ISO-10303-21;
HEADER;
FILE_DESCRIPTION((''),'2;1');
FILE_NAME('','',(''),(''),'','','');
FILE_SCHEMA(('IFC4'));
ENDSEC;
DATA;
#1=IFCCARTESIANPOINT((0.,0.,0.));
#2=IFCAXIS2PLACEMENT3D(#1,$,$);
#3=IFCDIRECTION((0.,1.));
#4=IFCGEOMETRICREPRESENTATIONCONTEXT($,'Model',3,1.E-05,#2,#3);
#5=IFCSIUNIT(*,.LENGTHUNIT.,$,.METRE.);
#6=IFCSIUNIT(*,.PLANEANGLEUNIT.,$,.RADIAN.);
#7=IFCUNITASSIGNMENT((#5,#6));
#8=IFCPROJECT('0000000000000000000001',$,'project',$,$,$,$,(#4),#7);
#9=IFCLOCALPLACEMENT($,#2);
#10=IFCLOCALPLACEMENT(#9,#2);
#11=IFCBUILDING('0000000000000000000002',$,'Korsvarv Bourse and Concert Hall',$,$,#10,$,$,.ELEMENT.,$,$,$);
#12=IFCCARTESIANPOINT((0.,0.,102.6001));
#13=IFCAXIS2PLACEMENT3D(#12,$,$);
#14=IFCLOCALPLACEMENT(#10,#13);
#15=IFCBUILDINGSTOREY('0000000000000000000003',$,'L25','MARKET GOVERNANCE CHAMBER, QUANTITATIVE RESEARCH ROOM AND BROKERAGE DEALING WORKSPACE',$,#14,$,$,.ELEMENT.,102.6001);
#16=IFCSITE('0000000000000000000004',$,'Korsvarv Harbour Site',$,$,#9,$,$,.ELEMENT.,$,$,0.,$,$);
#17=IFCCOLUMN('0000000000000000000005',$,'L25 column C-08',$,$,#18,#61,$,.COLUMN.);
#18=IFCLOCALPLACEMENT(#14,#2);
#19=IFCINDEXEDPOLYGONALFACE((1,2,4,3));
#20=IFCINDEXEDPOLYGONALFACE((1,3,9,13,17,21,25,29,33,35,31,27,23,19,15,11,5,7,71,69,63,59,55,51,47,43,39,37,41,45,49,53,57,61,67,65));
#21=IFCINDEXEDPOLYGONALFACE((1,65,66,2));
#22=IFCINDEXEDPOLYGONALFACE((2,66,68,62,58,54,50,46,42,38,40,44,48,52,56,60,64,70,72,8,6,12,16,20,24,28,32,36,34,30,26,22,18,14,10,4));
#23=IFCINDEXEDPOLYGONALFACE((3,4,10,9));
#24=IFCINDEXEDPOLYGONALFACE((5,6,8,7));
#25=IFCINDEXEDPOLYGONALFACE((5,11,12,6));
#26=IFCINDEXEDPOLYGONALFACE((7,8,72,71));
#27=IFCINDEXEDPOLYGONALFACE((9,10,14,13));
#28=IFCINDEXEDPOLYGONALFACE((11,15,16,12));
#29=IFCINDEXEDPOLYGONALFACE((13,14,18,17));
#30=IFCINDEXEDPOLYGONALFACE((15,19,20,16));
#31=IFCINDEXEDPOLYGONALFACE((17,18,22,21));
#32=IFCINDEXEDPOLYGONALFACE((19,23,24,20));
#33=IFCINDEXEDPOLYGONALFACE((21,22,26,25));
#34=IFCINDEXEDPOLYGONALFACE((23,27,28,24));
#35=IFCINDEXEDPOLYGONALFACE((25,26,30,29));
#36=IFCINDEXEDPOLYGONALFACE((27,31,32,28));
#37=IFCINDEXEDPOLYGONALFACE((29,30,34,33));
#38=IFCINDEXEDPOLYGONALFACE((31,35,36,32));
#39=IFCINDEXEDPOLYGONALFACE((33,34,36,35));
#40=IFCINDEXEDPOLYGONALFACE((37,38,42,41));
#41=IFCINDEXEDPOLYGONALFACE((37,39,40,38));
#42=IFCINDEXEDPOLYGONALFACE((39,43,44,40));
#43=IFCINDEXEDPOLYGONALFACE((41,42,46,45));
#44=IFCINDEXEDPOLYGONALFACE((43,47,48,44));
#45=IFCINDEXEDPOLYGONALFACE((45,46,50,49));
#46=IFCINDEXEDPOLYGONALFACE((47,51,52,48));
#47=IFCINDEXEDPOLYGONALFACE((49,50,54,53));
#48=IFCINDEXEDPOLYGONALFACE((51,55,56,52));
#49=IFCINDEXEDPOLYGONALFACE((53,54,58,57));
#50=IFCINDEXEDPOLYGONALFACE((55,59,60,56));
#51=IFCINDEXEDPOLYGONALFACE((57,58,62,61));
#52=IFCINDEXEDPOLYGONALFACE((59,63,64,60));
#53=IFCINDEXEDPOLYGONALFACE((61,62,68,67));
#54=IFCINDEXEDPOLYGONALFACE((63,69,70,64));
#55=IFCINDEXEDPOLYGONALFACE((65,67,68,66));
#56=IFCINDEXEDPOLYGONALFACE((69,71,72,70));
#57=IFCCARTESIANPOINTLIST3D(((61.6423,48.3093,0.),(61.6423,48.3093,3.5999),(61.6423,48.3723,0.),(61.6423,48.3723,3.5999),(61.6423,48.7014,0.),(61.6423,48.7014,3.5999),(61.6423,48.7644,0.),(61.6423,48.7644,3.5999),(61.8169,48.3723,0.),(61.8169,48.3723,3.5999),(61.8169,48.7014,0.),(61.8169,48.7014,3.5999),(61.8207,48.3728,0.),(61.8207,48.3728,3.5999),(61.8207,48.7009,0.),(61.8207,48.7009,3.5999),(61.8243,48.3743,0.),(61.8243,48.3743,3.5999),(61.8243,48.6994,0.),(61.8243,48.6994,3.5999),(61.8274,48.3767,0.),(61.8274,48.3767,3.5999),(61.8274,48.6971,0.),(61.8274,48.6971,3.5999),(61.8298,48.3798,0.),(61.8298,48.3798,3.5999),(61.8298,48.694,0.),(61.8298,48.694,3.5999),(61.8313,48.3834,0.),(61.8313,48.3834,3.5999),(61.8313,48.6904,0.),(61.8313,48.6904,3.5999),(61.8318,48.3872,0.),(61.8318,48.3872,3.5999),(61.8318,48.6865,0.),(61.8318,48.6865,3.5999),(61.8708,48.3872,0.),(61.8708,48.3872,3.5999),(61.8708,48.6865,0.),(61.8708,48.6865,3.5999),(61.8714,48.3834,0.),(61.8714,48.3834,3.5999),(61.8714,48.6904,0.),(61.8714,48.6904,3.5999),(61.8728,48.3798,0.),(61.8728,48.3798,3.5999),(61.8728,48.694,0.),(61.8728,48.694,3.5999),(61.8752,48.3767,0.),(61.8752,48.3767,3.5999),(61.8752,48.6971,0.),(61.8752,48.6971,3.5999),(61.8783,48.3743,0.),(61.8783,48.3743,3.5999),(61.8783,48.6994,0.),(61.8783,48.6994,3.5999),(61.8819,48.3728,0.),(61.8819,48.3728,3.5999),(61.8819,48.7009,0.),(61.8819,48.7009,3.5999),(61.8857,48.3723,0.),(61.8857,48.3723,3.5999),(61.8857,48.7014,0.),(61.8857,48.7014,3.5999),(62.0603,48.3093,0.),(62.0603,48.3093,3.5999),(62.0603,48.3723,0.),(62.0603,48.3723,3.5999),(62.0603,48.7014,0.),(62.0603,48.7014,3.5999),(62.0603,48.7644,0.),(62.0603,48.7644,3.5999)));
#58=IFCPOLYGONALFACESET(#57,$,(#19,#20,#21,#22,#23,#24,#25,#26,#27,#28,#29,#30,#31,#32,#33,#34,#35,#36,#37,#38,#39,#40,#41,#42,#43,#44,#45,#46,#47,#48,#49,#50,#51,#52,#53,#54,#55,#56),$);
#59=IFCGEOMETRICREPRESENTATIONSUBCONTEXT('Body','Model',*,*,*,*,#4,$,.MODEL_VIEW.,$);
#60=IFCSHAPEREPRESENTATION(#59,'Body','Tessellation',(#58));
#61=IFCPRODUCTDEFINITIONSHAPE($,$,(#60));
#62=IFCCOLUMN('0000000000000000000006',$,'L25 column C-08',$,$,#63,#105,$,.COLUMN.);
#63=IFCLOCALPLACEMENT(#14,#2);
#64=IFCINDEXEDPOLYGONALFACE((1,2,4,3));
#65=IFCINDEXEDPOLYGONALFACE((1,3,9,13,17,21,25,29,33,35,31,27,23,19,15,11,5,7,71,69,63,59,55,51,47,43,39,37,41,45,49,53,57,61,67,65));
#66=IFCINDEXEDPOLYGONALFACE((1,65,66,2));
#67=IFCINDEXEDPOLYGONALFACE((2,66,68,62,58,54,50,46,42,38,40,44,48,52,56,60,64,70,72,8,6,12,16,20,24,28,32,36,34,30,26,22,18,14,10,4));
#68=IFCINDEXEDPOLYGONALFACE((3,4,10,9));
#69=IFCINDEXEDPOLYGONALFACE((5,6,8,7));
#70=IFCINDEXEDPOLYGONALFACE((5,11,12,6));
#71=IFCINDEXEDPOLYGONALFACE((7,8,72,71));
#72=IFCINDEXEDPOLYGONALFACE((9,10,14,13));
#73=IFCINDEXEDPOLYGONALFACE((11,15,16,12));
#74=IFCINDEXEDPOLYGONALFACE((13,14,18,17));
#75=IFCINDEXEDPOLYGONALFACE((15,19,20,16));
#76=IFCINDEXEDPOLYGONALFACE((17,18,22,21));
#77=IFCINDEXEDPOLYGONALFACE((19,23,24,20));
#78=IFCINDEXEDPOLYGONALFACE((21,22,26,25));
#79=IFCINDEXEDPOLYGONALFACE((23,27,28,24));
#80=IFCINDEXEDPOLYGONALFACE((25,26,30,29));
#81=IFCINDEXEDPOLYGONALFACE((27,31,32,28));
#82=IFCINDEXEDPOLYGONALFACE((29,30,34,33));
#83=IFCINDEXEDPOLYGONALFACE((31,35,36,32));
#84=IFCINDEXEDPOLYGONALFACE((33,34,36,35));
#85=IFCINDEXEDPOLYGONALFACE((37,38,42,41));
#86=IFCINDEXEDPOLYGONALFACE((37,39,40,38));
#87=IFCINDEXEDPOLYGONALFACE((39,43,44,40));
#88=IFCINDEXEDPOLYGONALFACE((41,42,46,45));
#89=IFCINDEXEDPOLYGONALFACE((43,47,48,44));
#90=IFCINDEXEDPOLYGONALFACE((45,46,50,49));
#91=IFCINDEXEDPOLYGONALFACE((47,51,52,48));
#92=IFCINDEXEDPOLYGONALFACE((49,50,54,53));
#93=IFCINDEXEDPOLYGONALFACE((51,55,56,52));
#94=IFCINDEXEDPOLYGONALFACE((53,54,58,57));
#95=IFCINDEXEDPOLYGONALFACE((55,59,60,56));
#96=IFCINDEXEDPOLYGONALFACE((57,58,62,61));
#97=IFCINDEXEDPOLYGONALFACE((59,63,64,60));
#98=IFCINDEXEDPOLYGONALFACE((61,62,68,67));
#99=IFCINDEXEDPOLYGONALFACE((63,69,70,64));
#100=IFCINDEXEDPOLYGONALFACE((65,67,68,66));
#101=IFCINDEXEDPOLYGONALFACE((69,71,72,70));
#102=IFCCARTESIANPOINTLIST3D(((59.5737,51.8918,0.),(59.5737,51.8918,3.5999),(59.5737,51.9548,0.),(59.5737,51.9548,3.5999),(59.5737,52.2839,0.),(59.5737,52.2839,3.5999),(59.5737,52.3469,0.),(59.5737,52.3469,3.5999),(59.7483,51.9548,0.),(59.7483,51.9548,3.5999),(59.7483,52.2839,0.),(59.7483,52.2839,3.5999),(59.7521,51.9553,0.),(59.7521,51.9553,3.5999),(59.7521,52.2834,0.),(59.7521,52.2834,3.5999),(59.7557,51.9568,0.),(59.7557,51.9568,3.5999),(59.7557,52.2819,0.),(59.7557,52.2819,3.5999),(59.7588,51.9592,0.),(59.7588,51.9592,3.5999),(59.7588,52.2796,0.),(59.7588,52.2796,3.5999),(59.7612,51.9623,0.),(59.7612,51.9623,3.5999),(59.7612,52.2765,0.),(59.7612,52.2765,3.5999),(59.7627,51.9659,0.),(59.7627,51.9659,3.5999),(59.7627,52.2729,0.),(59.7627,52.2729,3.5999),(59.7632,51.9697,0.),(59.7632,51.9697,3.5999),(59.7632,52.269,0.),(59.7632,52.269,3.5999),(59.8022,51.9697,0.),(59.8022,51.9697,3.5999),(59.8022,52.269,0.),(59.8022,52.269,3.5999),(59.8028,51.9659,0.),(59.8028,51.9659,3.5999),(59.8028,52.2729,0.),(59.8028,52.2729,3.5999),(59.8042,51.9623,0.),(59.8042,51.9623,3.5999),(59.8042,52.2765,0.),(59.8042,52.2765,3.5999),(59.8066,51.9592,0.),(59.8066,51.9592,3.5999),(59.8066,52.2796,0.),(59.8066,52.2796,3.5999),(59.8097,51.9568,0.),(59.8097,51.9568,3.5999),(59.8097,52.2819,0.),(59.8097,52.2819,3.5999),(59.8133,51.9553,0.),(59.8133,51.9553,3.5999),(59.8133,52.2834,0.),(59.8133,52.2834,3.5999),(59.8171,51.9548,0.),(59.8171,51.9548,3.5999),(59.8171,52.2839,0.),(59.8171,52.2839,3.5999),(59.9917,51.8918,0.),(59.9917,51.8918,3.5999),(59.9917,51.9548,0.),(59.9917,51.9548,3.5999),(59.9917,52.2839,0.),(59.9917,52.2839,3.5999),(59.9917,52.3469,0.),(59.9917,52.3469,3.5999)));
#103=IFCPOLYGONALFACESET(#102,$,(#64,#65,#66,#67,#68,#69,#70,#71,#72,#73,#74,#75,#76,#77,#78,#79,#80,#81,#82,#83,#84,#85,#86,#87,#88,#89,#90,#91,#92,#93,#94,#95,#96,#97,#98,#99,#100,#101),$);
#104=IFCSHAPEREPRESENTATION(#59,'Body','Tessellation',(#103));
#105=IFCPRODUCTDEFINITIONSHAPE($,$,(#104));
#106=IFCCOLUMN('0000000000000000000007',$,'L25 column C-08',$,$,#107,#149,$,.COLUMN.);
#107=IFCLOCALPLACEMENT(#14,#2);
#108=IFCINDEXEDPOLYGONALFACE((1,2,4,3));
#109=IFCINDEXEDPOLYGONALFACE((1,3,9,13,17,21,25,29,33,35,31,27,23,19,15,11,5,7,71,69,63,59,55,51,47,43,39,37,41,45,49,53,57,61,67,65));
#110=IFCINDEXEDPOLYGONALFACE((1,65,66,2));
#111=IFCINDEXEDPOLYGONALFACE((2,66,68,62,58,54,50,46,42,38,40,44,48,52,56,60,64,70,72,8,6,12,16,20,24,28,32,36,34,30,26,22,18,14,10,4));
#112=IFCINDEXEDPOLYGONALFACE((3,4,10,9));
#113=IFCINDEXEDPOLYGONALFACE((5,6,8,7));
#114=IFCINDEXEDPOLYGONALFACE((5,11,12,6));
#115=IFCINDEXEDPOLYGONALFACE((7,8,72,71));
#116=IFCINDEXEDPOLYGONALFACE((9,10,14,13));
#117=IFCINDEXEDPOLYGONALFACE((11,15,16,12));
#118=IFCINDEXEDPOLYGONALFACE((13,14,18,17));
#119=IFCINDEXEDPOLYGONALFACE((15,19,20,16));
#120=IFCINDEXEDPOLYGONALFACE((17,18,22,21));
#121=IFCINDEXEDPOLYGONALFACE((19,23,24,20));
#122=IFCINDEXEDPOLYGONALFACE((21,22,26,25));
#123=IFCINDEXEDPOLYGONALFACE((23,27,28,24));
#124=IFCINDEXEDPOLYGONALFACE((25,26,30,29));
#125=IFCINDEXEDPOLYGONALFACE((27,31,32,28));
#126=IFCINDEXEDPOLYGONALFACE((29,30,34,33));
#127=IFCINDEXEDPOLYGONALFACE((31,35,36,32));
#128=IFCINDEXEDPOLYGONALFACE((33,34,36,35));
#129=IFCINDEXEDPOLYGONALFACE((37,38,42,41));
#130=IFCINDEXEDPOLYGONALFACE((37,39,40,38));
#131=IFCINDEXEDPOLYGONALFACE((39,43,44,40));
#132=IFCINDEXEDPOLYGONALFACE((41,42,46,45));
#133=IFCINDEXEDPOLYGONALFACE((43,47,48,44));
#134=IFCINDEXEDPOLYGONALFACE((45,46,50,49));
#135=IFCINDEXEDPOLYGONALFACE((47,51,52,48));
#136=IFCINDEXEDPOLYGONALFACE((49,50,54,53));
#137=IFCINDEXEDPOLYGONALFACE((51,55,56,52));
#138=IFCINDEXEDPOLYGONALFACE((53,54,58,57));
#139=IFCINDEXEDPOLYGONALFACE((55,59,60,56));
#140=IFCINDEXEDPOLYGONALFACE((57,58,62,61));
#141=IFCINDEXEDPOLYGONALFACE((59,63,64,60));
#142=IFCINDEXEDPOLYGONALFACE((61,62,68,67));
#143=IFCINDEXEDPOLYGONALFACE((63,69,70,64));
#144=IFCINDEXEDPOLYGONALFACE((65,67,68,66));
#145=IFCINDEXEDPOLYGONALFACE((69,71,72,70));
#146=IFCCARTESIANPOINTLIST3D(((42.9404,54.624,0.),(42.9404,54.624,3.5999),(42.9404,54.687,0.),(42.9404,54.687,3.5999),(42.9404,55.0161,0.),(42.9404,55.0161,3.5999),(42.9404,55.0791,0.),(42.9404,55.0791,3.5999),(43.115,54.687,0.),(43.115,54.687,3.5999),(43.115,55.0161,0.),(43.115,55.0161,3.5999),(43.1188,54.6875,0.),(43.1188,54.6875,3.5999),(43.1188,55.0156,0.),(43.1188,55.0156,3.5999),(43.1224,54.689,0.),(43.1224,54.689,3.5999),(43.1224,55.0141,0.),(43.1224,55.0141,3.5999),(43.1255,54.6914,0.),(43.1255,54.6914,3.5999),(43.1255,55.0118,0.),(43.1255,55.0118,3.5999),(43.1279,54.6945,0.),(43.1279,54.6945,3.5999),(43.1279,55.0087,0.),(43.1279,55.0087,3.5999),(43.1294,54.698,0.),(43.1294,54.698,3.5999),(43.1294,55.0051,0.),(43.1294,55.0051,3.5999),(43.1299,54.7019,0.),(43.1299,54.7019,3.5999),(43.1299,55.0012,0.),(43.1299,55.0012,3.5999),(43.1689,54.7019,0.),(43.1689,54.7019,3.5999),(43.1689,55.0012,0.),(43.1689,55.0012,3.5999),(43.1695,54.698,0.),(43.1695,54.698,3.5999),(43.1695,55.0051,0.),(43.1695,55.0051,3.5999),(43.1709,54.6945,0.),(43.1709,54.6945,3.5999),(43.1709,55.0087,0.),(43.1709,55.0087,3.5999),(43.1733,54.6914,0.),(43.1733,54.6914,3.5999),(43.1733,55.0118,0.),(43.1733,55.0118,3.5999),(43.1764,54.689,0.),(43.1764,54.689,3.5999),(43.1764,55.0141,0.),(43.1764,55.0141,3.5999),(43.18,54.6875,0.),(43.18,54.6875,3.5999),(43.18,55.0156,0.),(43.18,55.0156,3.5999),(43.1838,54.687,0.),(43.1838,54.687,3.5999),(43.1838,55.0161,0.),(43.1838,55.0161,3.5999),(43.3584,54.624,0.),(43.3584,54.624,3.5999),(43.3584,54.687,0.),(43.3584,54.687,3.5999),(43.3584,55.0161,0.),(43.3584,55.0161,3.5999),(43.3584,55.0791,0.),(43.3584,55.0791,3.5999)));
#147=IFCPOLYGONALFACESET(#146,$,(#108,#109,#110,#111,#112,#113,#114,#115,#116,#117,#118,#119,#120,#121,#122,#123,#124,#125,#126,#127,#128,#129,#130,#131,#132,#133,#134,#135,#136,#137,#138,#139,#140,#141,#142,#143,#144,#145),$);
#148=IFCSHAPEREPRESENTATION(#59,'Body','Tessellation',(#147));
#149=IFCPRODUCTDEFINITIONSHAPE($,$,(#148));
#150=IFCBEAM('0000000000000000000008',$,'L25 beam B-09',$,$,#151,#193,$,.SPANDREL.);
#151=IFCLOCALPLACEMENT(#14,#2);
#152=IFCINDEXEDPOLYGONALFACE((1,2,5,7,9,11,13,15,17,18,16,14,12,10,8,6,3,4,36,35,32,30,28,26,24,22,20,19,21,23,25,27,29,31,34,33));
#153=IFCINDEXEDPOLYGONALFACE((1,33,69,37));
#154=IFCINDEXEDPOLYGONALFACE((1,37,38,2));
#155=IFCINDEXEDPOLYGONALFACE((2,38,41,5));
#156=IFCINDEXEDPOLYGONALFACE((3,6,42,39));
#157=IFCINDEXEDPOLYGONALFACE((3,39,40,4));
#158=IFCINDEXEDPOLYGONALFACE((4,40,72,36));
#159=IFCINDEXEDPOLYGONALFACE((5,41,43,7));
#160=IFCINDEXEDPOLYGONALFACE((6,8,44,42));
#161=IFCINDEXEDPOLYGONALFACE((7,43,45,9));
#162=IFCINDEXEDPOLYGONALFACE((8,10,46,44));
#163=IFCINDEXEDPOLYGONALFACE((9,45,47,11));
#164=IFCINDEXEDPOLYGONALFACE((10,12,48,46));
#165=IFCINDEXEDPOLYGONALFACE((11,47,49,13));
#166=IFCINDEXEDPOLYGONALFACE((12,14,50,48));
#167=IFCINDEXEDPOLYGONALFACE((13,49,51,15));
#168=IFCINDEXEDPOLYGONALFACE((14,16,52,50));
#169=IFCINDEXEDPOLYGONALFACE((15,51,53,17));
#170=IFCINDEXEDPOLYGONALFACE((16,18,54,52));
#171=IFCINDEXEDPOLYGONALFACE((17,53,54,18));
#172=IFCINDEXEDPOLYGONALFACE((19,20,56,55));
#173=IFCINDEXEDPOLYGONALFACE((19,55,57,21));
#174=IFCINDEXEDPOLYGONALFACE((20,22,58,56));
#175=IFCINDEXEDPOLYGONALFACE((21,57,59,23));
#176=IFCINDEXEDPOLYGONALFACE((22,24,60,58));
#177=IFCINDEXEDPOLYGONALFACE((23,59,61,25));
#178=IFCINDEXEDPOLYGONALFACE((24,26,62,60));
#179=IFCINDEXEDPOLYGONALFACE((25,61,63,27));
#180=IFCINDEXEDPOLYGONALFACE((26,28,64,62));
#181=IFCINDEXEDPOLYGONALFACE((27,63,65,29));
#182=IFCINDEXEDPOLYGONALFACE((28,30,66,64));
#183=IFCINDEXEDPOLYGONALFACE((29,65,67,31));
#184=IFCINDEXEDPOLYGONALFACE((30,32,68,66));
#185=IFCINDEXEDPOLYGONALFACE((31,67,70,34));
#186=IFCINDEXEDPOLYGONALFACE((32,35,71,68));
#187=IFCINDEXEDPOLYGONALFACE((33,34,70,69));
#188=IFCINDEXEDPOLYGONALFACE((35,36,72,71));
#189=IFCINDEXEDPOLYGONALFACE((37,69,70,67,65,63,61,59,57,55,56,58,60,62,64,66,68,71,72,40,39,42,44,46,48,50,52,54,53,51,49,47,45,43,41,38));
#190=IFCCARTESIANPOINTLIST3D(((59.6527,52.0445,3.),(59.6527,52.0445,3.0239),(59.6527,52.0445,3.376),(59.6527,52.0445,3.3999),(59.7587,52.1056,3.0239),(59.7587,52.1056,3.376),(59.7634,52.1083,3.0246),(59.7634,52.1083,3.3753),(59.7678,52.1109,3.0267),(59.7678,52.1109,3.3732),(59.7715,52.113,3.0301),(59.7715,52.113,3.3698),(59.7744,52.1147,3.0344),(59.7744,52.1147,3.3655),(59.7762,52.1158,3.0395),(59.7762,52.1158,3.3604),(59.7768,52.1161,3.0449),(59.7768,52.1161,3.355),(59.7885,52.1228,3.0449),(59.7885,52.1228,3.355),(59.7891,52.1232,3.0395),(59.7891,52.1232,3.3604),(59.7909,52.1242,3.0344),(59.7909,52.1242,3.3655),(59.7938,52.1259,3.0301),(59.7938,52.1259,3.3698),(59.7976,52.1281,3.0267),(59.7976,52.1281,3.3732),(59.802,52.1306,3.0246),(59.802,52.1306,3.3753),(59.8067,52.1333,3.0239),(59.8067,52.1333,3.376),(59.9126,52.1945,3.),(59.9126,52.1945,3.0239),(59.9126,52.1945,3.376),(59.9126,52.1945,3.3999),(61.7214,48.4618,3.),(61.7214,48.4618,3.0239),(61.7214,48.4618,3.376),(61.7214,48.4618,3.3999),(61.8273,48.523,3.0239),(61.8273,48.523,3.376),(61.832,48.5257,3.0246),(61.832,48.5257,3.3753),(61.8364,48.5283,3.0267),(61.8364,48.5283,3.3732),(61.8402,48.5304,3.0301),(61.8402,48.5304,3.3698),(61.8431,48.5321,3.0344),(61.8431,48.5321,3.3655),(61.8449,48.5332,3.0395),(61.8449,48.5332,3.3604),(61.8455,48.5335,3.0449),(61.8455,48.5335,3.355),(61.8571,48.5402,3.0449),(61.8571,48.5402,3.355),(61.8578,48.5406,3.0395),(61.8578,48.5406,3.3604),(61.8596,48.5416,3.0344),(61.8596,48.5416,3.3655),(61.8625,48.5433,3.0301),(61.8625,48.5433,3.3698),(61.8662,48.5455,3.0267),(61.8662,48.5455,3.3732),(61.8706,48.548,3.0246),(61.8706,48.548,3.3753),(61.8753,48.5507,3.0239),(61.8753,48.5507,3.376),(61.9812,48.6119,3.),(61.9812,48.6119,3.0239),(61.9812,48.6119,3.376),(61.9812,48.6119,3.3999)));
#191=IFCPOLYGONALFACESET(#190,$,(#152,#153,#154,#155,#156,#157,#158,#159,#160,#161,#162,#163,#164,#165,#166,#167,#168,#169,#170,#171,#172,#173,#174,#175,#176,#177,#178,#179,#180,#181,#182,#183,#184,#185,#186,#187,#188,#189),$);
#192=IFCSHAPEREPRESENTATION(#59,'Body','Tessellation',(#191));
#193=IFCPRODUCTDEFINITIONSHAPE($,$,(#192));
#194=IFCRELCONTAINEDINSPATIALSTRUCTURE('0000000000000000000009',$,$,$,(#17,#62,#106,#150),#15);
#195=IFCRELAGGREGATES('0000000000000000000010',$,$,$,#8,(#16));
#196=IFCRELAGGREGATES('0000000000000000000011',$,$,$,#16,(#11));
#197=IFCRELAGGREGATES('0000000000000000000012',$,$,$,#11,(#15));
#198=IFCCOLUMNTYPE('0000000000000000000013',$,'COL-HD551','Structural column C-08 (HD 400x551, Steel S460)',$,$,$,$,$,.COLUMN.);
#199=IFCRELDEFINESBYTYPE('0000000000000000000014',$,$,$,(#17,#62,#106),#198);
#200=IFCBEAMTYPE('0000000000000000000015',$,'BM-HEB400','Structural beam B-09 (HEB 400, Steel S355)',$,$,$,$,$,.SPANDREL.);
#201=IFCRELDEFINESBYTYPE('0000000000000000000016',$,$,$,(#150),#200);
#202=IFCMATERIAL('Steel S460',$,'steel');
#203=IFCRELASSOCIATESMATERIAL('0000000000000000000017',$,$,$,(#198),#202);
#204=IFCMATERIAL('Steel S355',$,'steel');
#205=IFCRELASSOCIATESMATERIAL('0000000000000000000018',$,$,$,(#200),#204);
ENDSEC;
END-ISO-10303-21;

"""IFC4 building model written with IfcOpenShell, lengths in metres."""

from ifc_helpers import new_model, si_unit, direction, frame, origin, origin_2d, place, context, subcontext, project, spatial, i_section, extrude, source, transform, mapped, material, material_profile, profile_set, type_object, element, save


model = new_model("IFC4")

# Units and contexts
model_context = context("Model", 3, precision=1e-05, world=origin(), true_north=direction((0.0, 1.0)))
body_context = subcontext(model_context, "Body", "Model", "MODEL_VIEW")
ifc_project = project(units=[si_unit("LENGTHUNIT", "METRE"), si_unit("PLANEANGLEUNIT", "RADIAN")], contexts=[model_context])

# Site, building, storey
site_placement = place(None, origin())
site = spatial("IfcSite", under=ifc_project, at=site_placement, Name="Korsvarv Harbour Site", CompositionType="ELEMENT", RefElevation=0.0)
building_placement = place(site_placement, origin())
building = spatial("IfcBuilding", under=site, at=building_placement, Name="Korsvarv Bourse and Concert Hall", CompositionType="ELEMENT")
storey_placement = place(building_placement, frame((0.0, 0.0, 102.6001)))
storey = spatial("IfcBuildingStorey", under=building, at=storey_placement, Name="L25", Description="MARKET GOVERNANCE CHAMBER, QUANTITATIVE RESEARCH ROOM AND BROKERAGE DEALING WORKSPACE", CompositionType="ELEMENT", Elevation=102.6001)

# Columns
ifc_material_1 = material(Name="Steel S460", Category="steel")
ifc_material_profile_1 = material_profile(ifc_material_1, i_section(OverallWidth=0.418, OverallDepth=0.4551, WebThickness=0.0391, FlangeThickness=0.063, FilletRadius=0.0149, at=origin_2d()), Name="HD 400x551")
ifc_profile_set_1 = profile_set([ifc_material_profile_1], Name="Steel S460")
column_type = type_object("IfcColumnType", Name="COL-HD551", Description="Structural column C-08 (HD 400x551, Steel S460)", PredefinedType="COLUMN", material=ifc_profile_set_1)
shared_shape_1 = source(origin(), body_context, "Body", "SweptSolid", [
    extrude(i_section(OverallWidth=0.418, OverallDepth=0.4551, WebThickness=0.0391, FlangeThickness=0.063, FilletRadius=0.0149, at=origin_2d()), origin(), (0.0, 0.0, 1.0), 3.5999),
])
for number, where, z_axis, x_axis, name in (
    (1, (61.8513, 48.5369, 0.0), (0.0, 0.0, 1.0), (1.0, 0.0, 0.0), "L25 column C-08"),
    (2, (59.7827, 52.1194, 0.0), (0.0, 0.0, 1.0), (1.0, 0.0, 0.0), "L25 column C-08"),
    (3, (43.1494, 54.8516, 0.0), (0.0, 0.0, 1.0), (1.0, 0.0, 0.0), "L25 column C-08"),
):
    element("IfcColumn", number, at=place(storey_placement, frame(where, z_axis=z_axis, x_axis=x_axis)), inside=storey, type_object=column_type, Name=name, PredefinedType="COLUMN", context=body_context, shape_type="MappedRepresentation", body=[
        mapped(shared_shape_1, transform((0.0, 0.0, 0.0), scale=1.0)),
    ])

# Beam
ifc_material_2 = material(Name="Steel S355", Category="steel")
ifc_material_profile_2 = material_profile(ifc_material_2, i_section(OverallWidth=0.3, OverallDepth=0.3999, WebThickness=0.0134, FlangeThickness=0.0239, FilletRadius=0.021, at=origin_2d()), Name="HEB 400")
ifc_profile_set_2 = profile_set([ifc_material_profile_2], Name="Steel S355")
beam_type_1 = type_object("IfcBeamType", Name="BM-HEB400", Description="Structural beam B-09 (HEB 400, Steel S355)", PredefinedType="SPANDREL", material=ifc_profile_set_2)
shared_shape_2 = source(origin(), body_context, "Body", "SweptSolid", [
    extrude(i_section(OverallWidth=0.3, OverallDepth=0.3999, WebThickness=0.0134, FlangeThickness=0.0239, FilletRadius=0.021, at=origin_2d()), origin(), (0.0, 0.0, 1.0), 4.137),
])
beam_1_placement = place(storey_placement, frame((61.8513, 48.5369, 3.2), z_axis=(-0.500043, 0.866001, 0.0), x_axis=(-0.866001, -0.500043, 0.0)))
element("IfcBeam", 4, at=beam_1_placement, inside=storey, type_object=beam_type_1, Name="L25 beam B-09", PredefinedType="SPANDREL", context=body_context, shape_type="MappedRepresentation", body=[
    mapped(shared_shape_2, transform((0.0, 0.0, 0.0), scale=1.0)),
])

save(model, "model.ifc")
